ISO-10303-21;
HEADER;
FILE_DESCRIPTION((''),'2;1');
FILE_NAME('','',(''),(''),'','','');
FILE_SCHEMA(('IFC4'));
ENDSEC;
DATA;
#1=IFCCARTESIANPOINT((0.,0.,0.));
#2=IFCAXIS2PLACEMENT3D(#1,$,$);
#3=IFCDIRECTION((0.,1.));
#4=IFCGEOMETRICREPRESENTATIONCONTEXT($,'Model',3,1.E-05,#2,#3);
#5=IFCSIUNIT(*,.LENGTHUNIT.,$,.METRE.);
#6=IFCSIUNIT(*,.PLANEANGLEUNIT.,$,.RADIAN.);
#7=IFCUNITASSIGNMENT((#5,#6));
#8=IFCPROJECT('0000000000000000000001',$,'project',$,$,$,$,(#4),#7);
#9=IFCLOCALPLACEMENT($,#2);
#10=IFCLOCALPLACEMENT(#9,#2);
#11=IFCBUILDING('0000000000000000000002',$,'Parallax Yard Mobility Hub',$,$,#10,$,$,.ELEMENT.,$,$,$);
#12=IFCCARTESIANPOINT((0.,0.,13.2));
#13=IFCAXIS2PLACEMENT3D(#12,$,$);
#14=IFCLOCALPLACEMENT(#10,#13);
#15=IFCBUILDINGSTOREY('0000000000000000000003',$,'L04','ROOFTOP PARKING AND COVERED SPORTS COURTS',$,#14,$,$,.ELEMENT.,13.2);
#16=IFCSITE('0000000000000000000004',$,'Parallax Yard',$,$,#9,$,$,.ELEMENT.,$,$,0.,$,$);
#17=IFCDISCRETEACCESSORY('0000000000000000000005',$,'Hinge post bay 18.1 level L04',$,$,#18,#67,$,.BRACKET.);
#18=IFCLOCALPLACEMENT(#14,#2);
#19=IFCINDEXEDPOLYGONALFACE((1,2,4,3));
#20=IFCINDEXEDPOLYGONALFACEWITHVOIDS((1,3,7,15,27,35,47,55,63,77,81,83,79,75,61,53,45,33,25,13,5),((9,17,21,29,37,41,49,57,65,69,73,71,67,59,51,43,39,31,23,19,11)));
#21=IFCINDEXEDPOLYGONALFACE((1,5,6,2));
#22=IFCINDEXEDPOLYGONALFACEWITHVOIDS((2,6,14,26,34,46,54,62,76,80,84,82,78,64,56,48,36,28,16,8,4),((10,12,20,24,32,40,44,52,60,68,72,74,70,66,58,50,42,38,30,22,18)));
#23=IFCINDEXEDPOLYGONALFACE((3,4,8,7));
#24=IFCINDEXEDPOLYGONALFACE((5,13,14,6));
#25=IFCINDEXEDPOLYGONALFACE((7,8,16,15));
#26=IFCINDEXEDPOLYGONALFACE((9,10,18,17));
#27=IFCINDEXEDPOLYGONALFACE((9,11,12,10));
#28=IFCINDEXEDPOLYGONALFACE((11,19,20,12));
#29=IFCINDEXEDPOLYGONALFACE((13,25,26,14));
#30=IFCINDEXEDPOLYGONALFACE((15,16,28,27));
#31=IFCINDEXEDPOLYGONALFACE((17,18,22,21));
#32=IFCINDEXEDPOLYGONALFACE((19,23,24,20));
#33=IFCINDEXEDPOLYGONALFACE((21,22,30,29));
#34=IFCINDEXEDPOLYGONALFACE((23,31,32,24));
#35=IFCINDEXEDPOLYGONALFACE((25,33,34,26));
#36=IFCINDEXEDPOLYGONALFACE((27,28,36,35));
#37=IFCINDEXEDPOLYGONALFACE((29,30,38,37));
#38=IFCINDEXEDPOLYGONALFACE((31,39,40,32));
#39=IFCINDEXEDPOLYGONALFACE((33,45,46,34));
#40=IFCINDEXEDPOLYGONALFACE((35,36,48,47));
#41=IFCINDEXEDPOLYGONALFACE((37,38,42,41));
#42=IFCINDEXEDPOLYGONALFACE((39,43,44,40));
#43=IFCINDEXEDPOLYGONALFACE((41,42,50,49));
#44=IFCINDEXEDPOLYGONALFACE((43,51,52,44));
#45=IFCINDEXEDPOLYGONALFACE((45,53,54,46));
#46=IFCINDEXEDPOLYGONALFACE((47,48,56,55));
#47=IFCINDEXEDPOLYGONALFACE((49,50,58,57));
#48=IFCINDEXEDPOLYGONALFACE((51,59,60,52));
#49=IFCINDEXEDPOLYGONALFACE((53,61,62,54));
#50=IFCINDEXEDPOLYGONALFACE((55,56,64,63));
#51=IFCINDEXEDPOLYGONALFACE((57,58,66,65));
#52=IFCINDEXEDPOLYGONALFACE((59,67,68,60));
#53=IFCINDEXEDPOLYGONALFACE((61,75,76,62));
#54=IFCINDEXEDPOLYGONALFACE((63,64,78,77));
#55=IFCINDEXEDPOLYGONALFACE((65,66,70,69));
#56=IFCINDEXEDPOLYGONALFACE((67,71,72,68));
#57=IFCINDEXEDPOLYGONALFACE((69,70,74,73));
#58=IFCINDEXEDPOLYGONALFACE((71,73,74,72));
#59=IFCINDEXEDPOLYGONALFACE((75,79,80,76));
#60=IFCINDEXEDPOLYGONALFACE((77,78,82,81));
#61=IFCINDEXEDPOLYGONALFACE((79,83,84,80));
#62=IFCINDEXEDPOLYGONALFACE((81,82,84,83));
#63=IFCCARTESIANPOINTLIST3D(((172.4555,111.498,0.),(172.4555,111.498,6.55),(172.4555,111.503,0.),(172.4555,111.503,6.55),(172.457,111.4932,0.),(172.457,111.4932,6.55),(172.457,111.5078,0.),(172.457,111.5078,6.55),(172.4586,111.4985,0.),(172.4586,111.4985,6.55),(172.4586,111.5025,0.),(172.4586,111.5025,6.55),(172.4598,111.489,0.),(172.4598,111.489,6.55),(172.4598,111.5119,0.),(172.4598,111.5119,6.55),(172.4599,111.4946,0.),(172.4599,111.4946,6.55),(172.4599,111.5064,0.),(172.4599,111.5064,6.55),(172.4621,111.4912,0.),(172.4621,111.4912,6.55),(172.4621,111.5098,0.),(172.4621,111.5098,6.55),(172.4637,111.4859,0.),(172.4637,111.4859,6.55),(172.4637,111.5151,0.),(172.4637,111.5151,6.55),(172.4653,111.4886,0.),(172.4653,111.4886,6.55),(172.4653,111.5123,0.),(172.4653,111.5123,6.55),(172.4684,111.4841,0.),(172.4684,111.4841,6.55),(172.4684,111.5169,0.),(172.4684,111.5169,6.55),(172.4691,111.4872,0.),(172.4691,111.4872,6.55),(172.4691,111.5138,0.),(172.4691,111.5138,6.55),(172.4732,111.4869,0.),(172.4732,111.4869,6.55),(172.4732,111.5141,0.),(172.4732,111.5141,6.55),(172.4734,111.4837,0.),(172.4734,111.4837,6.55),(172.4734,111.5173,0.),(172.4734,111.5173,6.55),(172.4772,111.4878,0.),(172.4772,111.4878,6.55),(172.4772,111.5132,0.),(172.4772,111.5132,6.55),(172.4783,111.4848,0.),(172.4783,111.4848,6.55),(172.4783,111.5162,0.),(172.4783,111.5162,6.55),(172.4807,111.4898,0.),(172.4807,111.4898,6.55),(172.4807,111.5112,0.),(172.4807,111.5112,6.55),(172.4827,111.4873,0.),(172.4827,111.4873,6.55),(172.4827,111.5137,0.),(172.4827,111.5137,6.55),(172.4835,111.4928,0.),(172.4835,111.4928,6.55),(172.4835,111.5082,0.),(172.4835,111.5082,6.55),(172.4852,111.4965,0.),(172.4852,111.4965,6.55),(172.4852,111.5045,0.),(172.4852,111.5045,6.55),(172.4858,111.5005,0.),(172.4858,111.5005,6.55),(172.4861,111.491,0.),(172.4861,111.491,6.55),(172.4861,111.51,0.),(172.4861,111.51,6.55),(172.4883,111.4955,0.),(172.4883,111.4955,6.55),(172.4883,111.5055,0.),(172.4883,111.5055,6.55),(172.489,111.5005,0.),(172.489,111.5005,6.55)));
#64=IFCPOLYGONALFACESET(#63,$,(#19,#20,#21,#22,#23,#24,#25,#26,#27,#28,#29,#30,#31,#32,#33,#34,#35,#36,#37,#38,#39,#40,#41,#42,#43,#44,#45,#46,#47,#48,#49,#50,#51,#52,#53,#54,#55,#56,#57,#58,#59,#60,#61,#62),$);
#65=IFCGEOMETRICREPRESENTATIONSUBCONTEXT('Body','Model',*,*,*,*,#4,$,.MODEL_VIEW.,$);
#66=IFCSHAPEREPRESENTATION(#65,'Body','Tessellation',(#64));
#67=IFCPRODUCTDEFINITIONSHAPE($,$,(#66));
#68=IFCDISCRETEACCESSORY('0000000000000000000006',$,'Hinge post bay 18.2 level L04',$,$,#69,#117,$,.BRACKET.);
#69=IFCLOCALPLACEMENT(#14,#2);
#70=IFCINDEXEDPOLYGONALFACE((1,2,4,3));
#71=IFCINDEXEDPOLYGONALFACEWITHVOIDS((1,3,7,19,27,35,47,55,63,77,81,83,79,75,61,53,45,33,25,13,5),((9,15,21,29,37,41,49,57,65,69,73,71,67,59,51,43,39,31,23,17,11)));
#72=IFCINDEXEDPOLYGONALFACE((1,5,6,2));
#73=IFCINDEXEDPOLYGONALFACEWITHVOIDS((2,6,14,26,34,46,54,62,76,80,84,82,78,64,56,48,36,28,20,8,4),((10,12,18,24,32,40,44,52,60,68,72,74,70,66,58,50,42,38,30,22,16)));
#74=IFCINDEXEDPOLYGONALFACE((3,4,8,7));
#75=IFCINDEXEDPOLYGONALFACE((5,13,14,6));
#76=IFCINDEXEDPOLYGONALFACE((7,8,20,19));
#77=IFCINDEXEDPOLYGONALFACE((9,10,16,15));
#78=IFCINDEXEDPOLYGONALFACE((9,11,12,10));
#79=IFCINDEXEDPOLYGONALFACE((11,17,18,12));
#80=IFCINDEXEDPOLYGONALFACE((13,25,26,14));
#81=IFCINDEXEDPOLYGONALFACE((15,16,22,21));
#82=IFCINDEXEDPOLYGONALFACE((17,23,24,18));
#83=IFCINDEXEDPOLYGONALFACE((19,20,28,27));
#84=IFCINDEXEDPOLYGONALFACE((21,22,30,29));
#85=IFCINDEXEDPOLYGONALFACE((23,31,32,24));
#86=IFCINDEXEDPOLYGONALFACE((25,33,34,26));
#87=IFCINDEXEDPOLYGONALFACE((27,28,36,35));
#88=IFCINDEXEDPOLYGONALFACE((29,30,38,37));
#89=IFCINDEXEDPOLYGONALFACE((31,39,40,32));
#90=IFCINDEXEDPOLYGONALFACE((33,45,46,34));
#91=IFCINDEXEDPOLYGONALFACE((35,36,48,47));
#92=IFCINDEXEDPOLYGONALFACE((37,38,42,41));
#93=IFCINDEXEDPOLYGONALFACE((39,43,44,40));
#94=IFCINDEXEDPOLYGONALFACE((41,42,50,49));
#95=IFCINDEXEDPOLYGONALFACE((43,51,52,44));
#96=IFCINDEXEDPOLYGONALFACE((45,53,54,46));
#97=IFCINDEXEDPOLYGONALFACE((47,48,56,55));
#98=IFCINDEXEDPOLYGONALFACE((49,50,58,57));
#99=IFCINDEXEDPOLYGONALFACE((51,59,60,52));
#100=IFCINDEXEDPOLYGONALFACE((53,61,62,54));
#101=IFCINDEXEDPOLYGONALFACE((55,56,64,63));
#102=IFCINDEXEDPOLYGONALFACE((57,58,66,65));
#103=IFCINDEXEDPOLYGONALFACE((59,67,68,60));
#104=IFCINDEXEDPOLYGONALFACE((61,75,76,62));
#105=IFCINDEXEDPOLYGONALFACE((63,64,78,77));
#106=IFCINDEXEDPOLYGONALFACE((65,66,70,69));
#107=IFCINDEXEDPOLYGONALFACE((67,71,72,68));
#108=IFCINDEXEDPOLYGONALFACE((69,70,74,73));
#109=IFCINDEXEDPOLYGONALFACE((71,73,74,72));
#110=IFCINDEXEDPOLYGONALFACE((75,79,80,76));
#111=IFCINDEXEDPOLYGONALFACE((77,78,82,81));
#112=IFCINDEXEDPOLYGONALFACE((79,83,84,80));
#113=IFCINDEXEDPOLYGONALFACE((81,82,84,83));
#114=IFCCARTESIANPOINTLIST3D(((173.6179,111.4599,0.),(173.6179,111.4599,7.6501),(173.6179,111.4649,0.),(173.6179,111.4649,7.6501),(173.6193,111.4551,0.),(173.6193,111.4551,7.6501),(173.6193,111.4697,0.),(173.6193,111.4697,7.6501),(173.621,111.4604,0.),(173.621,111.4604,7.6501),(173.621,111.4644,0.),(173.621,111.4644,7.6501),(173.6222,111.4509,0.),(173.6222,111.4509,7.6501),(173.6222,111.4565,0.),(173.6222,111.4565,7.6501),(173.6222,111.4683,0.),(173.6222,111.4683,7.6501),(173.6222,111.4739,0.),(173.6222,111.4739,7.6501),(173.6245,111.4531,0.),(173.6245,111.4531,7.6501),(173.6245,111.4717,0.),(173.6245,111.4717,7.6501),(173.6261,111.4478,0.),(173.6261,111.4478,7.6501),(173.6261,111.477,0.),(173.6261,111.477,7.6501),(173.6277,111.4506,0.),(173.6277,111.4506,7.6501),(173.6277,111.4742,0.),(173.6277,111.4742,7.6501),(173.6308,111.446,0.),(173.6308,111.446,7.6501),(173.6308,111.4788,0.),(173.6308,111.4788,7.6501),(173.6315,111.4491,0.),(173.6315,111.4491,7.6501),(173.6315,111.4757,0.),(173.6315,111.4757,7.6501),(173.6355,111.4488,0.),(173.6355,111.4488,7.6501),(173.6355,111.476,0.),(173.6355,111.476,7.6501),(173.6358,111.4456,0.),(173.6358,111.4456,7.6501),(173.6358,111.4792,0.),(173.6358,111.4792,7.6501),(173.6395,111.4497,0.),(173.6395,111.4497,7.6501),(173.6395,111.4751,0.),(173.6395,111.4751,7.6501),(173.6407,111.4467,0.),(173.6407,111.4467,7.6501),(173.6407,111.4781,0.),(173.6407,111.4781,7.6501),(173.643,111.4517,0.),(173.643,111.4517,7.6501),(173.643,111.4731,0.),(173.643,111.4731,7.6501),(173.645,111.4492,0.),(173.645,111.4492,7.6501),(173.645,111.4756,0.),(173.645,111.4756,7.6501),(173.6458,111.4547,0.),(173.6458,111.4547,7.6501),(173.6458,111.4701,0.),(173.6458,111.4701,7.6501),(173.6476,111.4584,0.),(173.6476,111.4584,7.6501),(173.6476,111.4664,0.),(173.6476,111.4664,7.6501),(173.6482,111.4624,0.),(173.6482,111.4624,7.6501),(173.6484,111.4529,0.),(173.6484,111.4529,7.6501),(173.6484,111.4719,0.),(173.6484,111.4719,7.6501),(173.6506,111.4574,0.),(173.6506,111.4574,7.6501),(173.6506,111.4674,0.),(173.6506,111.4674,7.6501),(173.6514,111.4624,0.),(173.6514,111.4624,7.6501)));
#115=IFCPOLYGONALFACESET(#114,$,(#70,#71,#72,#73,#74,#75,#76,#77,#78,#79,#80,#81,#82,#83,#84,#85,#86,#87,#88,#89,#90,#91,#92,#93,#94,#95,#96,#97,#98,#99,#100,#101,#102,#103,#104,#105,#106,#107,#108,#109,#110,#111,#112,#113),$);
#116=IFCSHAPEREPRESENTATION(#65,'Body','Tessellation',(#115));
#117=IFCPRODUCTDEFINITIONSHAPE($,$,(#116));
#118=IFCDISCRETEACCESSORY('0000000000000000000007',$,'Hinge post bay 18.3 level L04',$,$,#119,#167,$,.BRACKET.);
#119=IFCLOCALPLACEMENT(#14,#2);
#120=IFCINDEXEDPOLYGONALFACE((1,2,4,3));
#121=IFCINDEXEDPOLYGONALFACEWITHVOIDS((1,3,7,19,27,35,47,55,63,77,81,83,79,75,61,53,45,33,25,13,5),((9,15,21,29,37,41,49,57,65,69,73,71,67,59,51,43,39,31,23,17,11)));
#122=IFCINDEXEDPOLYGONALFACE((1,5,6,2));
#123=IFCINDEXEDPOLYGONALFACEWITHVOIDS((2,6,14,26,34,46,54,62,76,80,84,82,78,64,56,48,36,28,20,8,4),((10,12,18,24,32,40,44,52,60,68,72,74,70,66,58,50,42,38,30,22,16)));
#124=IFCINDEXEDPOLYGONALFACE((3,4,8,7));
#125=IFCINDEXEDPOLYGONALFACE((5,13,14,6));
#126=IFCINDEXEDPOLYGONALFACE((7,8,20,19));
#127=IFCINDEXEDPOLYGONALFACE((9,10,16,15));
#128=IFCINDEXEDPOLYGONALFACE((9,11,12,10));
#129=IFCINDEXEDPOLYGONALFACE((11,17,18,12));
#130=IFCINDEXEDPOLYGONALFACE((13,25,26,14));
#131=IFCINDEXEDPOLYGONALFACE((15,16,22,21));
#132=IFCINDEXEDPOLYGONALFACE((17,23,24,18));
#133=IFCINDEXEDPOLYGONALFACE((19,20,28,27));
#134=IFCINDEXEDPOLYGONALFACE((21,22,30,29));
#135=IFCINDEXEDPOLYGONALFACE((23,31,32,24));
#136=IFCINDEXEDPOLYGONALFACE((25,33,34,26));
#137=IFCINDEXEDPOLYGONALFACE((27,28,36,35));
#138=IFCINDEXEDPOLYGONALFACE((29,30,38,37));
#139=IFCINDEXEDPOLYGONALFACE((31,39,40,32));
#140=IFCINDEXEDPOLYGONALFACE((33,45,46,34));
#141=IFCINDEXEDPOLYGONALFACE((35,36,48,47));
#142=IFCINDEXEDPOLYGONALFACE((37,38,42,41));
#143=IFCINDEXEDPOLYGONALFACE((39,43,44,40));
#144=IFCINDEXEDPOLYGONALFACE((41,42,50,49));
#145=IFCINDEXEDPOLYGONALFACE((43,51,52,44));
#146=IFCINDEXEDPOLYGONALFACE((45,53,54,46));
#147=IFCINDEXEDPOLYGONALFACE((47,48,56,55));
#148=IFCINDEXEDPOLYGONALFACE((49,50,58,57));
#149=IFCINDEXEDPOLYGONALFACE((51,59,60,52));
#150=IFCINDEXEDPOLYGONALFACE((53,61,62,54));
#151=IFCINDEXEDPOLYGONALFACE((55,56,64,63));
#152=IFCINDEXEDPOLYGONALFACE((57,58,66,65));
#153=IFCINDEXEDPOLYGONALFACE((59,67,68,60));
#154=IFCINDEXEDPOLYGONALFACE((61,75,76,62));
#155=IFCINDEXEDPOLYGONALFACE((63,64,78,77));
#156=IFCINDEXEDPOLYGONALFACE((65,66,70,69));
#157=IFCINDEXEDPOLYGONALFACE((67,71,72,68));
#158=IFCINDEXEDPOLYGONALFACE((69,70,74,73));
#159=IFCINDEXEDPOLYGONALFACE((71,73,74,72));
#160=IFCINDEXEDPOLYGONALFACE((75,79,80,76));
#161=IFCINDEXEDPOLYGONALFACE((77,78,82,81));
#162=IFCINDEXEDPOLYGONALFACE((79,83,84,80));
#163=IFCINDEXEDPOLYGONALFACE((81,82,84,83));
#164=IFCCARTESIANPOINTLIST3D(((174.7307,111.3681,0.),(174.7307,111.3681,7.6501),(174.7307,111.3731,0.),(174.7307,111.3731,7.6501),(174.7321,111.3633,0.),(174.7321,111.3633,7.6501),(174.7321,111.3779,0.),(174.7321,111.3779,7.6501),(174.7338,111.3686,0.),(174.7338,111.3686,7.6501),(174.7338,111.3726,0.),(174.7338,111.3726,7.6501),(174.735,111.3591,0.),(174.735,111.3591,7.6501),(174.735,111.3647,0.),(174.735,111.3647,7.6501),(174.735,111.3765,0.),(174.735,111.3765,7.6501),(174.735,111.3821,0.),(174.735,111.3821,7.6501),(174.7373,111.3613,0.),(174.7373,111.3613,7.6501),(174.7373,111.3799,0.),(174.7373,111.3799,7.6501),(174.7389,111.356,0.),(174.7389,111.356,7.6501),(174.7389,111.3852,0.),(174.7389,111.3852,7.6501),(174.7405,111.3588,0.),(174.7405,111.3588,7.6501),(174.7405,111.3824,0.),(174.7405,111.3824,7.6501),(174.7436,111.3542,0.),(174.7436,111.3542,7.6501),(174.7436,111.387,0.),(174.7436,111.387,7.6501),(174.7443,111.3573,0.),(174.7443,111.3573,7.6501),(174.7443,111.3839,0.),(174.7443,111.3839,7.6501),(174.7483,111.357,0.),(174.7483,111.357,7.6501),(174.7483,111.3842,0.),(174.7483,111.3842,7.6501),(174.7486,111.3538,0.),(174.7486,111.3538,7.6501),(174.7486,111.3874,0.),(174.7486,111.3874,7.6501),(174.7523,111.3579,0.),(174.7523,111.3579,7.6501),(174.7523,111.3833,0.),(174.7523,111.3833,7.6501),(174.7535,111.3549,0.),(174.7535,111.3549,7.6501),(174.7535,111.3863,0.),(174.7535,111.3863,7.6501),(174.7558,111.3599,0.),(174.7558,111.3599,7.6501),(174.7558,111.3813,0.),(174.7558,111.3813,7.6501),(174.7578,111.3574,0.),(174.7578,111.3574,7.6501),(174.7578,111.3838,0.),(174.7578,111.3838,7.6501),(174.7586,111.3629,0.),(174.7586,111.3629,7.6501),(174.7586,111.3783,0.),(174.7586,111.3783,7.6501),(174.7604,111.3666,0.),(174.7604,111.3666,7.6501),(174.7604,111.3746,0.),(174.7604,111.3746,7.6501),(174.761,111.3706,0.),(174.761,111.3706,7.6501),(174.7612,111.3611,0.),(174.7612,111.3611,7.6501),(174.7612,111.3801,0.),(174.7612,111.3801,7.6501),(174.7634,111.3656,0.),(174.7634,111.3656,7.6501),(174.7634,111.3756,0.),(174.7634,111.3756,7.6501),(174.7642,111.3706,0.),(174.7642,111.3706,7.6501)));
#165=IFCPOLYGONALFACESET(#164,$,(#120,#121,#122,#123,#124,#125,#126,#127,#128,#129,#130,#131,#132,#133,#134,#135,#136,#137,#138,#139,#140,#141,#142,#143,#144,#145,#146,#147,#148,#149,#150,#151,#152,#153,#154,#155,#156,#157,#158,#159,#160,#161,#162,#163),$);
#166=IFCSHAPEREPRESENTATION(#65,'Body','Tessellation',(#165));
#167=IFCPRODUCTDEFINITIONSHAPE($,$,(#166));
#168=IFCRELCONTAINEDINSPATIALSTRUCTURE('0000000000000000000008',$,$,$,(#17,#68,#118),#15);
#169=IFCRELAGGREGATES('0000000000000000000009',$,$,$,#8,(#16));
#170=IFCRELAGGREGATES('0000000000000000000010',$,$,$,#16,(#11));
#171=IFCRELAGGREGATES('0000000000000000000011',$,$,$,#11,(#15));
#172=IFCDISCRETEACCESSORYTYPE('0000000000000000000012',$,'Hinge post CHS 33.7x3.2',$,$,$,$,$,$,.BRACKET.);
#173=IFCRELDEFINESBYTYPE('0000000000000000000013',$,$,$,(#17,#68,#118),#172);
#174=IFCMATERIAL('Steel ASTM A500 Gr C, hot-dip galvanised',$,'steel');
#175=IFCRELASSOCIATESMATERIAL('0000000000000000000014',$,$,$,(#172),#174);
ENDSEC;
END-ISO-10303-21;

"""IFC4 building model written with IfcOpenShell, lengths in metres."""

from ifc_helpers import new_model, si_unit, direction, frame, origin, origin_2d, place, context, subcontext, project, spatial, hollow_circle, extrude, material, material_profile, profile_set, type_object, element, save


model = new_model("IFC4")

# Units and contexts
model_context = context("Model", 3, precision=1e-05, world=origin(), true_north=direction((0.0, 1.0)))
body_context = subcontext(model_context, "Body", "Model", "MODEL_VIEW")
ifc_project = project(units=[si_unit("LENGTHUNIT", "METRE"), si_unit("PLANEANGLEUNIT", "RADIAN")], contexts=[model_context])

# Site, building, storey
site_placement = place(None, origin())
site = spatial("IfcSite", under=ifc_project, at=site_placement, Name="Parallax Yard", CompositionType="ELEMENT", RefElevation=0.0)
building_placement = place(site_placement, origin())
building = spatial("IfcBuilding", under=site, at=building_placement, Name="Parallax Yard Mobility Hub", CompositionType="ELEMENT")
storey_placement = place(building_placement, frame((0.0, 0.0, 13.2)))
storey = spatial("IfcBuildingStorey", under=building, at=storey_placement, Name="L04", Description="ROOFTOP PARKING AND COVERED SPORTS COURTS", CompositionType="ELEMENT", Elevation=13.2)

# Discrete accessories
ifc_material_1 = material(Name="Steel ASTM A500 Gr C, hot-dip galvanised", Category="steel")
ifc_material_profile_1 = material_profile(ifc_material_1, hollow_circle(Radius=0.0168, WallThickness=0.0032, at=origin_2d()), Name="CHS 33.7x3.2")
ifc_profile_set_1 = profile_set([ifc_material_profile_1], Name="Steel ASTM A500 Gr C, hot-dip galvanised")
discrete_accessory_type_1 = type_object("IfcDiscreteAccessoryType", Name="Hinge post CHS 33.7x3.2", PredefinedType="BRACKET", material=ifc_profile_set_1)
discrete_accessory_1_placement = place(storey_placement, frame((172.4722, 111.5005, 0.0), z_axis=(0.0, 0.0, 1.0), x_axis=(1.0, 0.0, 0.0)))
element("IfcDiscreteAccessory", 1, at=discrete_accessory_1_placement, inside=storey, type_object=discrete_accessory_type_1, Name="Hinge post bay 18.1 level L04", PredefinedType="BRACKET", context=body_context, shape_type="SweptSolid", body=[
    extrude(hollow_circle(Radius=0.0168, WallThickness=0.0032, at=origin_2d()), origin(), (0.0, 0.0, 1.0), 6.55),
])
for number, where, z_axis, x_axis, name in (
    (2, (173.6345, 111.4624, 0.0), (0.0, 0.0, 1.0), (1.0, 0.0, 0.0), "Hinge post bay 18.2 level L04"),
    (3, (174.7473, 111.3706, 0.0), (0.0, 0.0, 1.0), (1.0, 0.0, 0.0), "Hinge post bay 18.3 level L04"),
):
    element("IfcDiscreteAccessory", number, at=place(storey_placement, frame(where, z_axis=z_axis, x_axis=x_axis)), inside=storey, type_object=discrete_accessory_type_1, Name=name, PredefinedType="BRACKET", context=body_context, shape_type="SweptSolid", body=[
        extrude(hollow_circle(Radius=0.0168, WallThickness=0.0032, at=origin_2d()), origin(), (0.0, 0.0, 1.0), 7.6501),
    ])

save(model, "model.ifc")
